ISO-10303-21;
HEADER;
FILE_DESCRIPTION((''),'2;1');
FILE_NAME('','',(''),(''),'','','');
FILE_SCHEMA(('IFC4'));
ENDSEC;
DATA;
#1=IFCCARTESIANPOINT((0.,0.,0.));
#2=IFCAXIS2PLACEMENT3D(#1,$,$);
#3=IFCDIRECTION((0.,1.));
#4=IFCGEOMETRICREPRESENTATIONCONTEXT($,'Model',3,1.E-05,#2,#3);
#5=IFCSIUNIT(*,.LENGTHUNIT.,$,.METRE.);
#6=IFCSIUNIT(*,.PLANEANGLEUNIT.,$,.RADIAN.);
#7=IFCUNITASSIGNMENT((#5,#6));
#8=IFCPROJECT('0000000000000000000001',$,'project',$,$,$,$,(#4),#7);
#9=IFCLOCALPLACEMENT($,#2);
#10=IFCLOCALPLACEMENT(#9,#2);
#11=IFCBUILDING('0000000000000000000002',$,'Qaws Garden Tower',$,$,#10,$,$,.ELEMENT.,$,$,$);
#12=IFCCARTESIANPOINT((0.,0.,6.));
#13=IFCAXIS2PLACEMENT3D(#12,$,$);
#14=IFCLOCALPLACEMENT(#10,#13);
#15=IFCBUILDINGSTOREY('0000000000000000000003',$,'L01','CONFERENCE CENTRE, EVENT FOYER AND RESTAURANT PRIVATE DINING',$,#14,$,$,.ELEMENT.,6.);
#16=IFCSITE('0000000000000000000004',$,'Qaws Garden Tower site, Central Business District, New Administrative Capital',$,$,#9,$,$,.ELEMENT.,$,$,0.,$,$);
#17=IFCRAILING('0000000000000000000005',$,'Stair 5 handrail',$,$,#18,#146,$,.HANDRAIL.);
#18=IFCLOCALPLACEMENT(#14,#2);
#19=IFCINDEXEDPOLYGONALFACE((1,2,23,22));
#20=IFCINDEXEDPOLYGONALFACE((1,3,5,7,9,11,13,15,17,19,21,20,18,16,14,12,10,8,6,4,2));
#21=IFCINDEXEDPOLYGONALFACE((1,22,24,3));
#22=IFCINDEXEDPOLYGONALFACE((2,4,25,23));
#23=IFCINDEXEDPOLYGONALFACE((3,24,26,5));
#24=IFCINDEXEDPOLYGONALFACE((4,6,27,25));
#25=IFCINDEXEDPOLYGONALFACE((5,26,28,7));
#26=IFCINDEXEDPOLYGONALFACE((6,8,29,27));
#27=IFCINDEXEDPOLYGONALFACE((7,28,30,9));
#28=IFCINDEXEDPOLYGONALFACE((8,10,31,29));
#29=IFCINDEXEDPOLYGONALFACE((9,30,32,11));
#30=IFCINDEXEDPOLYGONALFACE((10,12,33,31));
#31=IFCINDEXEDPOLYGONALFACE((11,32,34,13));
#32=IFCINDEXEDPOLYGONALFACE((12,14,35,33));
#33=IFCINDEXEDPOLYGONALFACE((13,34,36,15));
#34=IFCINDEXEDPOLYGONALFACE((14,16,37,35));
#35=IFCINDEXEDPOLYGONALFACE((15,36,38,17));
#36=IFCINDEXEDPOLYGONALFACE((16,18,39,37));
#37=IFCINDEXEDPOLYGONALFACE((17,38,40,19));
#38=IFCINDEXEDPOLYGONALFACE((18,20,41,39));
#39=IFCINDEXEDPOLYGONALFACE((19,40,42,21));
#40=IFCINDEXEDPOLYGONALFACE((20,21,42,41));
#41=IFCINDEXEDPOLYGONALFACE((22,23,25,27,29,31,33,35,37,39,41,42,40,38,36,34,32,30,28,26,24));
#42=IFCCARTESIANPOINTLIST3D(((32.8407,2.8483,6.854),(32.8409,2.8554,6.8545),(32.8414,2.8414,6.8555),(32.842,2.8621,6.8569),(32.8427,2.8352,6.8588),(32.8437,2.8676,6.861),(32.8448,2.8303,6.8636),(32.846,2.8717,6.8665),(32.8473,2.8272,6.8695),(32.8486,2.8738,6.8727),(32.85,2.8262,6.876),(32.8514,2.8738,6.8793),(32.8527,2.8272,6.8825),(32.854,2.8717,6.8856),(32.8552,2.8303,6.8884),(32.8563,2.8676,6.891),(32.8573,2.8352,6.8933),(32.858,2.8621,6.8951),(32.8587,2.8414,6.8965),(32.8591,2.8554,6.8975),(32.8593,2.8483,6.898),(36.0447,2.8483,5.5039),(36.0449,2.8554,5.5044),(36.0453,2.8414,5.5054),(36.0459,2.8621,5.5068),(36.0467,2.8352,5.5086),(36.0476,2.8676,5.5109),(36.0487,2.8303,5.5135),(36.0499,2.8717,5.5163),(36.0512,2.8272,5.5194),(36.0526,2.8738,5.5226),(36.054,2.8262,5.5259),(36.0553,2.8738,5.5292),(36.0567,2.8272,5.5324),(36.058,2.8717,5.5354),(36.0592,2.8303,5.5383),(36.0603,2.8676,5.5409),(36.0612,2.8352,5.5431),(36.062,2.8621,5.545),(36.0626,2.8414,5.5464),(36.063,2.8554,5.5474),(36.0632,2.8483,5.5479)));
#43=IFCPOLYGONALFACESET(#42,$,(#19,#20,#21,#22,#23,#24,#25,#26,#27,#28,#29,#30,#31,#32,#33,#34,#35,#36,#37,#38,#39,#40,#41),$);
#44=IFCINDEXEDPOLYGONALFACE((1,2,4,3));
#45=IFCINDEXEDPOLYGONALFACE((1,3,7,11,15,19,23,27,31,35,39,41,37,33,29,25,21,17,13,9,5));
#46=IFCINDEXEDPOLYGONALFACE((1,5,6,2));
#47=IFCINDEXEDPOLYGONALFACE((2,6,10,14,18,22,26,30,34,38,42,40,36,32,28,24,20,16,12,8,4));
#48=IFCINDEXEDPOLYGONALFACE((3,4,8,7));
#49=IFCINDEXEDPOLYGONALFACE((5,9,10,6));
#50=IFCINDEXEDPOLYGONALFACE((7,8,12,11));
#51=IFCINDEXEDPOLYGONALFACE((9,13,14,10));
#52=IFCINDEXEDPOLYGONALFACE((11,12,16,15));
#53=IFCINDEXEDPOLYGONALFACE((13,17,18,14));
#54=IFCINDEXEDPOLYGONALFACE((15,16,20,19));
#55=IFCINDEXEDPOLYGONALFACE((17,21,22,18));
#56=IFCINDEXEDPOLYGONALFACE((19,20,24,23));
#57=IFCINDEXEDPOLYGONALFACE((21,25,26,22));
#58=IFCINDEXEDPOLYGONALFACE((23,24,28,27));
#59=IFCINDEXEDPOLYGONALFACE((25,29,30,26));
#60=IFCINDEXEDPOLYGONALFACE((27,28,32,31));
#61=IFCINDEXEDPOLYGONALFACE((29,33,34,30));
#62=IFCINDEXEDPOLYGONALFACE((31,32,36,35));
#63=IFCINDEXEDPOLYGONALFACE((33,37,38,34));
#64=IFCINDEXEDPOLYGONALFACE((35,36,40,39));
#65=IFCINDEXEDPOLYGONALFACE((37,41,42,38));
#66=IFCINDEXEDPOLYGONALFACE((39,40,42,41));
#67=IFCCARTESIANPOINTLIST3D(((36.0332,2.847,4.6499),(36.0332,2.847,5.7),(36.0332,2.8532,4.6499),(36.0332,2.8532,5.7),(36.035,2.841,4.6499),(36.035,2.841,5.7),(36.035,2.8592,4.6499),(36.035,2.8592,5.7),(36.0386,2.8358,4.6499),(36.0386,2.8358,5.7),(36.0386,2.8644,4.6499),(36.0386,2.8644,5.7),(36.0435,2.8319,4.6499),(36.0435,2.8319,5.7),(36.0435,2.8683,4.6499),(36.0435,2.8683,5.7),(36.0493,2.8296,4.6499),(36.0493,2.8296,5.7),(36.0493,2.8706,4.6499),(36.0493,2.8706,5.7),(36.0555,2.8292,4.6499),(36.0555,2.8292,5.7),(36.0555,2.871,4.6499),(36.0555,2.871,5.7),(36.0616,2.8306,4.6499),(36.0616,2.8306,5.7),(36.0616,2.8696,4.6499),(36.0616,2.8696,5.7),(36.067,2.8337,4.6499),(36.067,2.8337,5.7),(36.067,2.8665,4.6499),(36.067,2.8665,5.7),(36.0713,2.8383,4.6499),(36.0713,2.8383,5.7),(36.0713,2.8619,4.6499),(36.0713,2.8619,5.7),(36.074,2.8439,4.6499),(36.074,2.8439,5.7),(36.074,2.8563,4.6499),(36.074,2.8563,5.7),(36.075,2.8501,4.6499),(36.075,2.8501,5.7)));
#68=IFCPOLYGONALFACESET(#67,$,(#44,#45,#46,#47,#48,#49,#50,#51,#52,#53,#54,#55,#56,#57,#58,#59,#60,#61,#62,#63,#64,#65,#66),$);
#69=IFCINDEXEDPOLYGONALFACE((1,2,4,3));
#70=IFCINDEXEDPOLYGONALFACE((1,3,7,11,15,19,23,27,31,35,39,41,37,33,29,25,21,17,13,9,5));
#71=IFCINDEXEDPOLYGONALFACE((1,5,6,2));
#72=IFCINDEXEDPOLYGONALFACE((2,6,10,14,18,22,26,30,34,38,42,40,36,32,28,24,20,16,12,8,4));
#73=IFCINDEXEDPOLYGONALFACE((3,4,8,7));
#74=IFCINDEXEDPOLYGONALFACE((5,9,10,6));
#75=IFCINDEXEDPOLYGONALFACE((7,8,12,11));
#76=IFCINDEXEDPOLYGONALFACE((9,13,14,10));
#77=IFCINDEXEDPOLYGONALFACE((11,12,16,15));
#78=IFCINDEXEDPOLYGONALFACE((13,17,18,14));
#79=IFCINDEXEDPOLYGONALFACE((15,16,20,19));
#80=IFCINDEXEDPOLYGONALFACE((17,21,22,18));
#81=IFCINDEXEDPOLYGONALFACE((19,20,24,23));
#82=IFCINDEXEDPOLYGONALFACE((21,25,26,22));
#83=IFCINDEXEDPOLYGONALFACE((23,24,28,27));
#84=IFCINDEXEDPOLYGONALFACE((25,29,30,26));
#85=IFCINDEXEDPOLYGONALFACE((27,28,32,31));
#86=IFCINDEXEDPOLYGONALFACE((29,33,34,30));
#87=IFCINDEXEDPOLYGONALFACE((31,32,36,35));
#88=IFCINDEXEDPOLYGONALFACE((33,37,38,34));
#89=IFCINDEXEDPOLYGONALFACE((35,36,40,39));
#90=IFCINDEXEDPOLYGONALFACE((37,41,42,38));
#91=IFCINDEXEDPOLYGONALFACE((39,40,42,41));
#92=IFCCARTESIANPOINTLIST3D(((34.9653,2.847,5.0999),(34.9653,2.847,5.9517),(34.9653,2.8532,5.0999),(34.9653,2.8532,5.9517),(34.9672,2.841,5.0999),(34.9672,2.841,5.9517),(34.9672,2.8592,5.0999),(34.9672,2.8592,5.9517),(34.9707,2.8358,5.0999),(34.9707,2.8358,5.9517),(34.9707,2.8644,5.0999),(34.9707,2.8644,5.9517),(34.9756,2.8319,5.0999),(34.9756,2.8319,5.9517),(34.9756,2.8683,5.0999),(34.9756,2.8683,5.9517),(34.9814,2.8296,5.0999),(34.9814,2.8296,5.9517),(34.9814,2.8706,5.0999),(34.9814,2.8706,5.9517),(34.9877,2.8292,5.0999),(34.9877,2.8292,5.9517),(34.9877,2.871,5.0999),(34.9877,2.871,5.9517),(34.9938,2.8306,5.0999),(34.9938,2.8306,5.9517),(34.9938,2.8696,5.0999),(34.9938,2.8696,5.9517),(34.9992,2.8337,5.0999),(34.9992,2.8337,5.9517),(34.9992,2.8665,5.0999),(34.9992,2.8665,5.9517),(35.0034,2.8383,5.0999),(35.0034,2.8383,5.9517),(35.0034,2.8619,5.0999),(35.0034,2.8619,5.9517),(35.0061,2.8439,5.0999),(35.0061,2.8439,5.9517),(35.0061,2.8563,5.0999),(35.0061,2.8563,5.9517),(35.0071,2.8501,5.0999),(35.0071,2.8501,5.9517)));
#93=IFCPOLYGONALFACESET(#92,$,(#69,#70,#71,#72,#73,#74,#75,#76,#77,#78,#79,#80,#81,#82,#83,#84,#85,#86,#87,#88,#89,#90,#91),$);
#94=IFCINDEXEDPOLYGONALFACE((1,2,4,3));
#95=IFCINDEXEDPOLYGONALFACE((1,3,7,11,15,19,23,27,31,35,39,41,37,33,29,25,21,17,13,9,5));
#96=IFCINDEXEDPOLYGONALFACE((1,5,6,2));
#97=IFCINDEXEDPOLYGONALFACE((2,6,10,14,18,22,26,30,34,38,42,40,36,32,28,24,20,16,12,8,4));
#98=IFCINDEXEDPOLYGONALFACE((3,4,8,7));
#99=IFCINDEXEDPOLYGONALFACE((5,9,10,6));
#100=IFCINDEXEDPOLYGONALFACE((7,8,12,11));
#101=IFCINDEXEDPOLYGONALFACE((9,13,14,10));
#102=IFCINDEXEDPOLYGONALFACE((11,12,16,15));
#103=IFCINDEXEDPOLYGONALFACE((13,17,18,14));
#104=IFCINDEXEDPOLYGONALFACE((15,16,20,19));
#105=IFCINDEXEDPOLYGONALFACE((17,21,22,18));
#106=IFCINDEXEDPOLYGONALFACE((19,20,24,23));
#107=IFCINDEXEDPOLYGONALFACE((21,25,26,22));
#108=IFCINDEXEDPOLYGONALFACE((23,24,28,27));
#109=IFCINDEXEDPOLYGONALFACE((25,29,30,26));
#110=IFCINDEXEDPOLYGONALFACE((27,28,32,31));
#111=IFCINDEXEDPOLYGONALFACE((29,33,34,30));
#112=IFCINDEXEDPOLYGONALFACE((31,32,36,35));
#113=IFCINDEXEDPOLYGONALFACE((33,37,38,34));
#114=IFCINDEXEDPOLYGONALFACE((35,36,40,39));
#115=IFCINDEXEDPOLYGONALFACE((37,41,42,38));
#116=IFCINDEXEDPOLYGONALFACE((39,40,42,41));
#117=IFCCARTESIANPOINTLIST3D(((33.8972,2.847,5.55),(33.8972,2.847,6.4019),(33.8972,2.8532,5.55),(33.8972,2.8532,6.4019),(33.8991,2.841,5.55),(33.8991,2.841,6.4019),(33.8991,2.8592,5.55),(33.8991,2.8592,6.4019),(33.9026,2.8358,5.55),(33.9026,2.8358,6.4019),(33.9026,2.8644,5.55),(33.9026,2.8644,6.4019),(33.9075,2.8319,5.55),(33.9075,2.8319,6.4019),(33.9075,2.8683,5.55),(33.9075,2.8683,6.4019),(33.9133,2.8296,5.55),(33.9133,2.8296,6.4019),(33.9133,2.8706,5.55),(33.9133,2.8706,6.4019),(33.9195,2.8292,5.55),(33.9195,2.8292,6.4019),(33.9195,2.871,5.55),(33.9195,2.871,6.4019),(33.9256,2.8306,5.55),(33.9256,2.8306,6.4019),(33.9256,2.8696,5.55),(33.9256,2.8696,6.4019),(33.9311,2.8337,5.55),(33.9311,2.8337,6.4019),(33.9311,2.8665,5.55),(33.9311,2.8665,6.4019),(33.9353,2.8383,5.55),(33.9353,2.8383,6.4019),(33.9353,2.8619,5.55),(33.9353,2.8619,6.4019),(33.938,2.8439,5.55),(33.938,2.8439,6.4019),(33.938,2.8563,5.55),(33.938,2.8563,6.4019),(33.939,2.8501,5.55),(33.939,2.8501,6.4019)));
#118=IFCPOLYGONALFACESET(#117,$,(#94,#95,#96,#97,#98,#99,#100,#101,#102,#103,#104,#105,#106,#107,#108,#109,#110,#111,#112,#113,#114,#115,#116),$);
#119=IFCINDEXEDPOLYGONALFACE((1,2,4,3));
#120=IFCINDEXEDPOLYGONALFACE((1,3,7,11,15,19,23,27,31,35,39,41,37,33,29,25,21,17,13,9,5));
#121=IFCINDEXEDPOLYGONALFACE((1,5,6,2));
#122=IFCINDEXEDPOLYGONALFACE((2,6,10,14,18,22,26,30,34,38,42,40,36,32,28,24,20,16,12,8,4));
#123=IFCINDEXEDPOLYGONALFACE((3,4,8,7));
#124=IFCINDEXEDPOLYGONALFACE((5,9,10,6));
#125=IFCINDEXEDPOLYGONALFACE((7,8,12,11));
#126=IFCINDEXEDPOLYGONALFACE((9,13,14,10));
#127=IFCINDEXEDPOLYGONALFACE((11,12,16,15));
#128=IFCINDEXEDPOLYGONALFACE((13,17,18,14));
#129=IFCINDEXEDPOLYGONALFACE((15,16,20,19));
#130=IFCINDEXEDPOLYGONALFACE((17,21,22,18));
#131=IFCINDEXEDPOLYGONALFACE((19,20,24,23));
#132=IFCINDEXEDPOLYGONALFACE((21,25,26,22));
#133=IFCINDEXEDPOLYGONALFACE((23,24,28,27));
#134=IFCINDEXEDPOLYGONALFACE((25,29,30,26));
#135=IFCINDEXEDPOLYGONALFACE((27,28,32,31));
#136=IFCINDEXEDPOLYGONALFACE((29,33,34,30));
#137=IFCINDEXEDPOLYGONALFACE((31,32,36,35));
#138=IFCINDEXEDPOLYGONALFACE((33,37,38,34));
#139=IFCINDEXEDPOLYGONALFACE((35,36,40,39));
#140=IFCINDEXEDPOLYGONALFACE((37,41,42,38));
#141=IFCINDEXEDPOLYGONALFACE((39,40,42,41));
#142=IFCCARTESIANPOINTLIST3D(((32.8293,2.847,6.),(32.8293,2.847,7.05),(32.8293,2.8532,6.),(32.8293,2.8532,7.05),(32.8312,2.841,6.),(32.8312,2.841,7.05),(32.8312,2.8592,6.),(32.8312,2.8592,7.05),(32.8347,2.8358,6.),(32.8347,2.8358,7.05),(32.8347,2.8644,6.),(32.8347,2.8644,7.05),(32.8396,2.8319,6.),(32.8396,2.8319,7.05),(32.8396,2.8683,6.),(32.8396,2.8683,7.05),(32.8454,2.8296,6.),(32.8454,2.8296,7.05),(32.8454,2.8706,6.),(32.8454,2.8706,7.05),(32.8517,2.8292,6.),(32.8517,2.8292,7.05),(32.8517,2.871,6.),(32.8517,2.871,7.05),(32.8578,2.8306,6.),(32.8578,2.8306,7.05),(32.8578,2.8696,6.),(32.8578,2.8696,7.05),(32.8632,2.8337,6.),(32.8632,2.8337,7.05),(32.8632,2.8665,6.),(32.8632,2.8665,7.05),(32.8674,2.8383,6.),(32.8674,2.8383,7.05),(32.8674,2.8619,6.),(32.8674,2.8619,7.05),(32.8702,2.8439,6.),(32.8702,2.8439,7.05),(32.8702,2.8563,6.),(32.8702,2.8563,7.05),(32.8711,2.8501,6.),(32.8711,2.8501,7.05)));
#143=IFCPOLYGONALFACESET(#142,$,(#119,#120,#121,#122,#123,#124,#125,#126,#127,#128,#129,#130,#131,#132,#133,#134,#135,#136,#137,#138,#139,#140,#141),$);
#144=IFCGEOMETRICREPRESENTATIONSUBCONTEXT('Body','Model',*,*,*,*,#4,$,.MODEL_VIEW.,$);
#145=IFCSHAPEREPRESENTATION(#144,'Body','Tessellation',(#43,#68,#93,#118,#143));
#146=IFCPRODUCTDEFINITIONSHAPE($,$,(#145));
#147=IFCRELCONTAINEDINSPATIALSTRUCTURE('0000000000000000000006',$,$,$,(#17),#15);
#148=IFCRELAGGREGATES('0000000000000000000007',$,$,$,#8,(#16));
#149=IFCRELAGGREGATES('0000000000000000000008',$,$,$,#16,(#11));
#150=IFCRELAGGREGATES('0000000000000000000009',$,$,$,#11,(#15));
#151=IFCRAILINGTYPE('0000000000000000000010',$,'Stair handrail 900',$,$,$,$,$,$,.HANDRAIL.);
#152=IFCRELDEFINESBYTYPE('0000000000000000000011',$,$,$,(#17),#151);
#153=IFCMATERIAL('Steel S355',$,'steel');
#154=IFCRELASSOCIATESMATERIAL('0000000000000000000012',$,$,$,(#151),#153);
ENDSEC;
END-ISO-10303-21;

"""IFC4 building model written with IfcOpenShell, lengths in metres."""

from ifc_helpers import new_model, si_unit, direction, frame, origin, origin_2d, place, context, subcontext, project, spatial, circle, extrude, material, type_object, element, save


model = new_model("IFC4")

# Units and contexts
model_context = context("Model", 3, precision=1e-05, world=origin(), true_north=direction((0.0, 1.0)))
body_context = subcontext(model_context, "Body", "Model", "MODEL_VIEW")
ifc_project = project(units=[si_unit("LENGTHUNIT", "METRE"), si_unit("PLANEANGLEUNIT", "RADIAN")], contexts=[model_context])

# Site, building, storey
site_placement = place(None, origin())
site = spatial("IfcSite", under=ifc_project, at=site_placement, Name="Qaws Garden Tower site, Central Business District, New Administrative Capital", CompositionType="ELEMENT", RefElevation=0.0)
building_placement = place(site_placement, origin())
building = spatial("IfcBuilding", under=site, at=building_placement, Name="Qaws Garden Tower", CompositionType="ELEMENT")
storey_placement = place(building_placement, frame((0.0, 0.0, 6.0)))
storey = spatial("IfcBuildingStorey", under=building, at=storey_placement, Name="L01", Description="CONFERENCE CENTRE, EVENT FOYER AND RESTAURANT PRIVATE DINING", CompositionType="ELEMENT", Elevation=6.0)

# Railing
ifc_material_1 = material(Name="Steel S355", Category="steel")
railing_type = type_object("IfcRailingType", Name="Stair handrail 900", PredefinedType="HANDRAIL", material=ifc_material_1)
railing_1_placement = place(storey_placement, frame((36.054, 2.8501, 4.6499)))
element("IfcRailing", 1, at=railing_1_placement, inside=storey, type_object=railing_type, Name="Stair 5 handrail", PredefinedType="HANDRAIL", context=body_context, shape_type="SweptSolid", body=[
    extrude(circle(Radius=0.0239, at=origin_2d()), frame((0.0, 0.0, 0.876), z_axis=(-0.921522, 0.0, 0.388327), x_axis=(0.0, -1.0, 0.0)), (0.0, 0.0, 1.0), 3.4768),
    extrude(circle(Radius=0.021, at=origin_2d()), origin(), (0.0, 0.0, 1.0), 1.05),
    extrude(circle(Radius=0.021, at=origin_2d()), frame((-1.0679, 0.0, 0.45)), (0.0, 0.0, 1.0), 0.8518),
    extrude(circle(Radius=0.021, at=origin_2d()), frame((-2.136, 0.0, 0.9001)), (0.0, 0.0, 1.0), 0.8518),
    extrude(circle(Radius=0.021, at=origin_2d()), frame((-3.2039, 0.0, 1.3501)), (0.0, 0.0, 1.0), 1.05),
])

save(model, "model.ifc")
